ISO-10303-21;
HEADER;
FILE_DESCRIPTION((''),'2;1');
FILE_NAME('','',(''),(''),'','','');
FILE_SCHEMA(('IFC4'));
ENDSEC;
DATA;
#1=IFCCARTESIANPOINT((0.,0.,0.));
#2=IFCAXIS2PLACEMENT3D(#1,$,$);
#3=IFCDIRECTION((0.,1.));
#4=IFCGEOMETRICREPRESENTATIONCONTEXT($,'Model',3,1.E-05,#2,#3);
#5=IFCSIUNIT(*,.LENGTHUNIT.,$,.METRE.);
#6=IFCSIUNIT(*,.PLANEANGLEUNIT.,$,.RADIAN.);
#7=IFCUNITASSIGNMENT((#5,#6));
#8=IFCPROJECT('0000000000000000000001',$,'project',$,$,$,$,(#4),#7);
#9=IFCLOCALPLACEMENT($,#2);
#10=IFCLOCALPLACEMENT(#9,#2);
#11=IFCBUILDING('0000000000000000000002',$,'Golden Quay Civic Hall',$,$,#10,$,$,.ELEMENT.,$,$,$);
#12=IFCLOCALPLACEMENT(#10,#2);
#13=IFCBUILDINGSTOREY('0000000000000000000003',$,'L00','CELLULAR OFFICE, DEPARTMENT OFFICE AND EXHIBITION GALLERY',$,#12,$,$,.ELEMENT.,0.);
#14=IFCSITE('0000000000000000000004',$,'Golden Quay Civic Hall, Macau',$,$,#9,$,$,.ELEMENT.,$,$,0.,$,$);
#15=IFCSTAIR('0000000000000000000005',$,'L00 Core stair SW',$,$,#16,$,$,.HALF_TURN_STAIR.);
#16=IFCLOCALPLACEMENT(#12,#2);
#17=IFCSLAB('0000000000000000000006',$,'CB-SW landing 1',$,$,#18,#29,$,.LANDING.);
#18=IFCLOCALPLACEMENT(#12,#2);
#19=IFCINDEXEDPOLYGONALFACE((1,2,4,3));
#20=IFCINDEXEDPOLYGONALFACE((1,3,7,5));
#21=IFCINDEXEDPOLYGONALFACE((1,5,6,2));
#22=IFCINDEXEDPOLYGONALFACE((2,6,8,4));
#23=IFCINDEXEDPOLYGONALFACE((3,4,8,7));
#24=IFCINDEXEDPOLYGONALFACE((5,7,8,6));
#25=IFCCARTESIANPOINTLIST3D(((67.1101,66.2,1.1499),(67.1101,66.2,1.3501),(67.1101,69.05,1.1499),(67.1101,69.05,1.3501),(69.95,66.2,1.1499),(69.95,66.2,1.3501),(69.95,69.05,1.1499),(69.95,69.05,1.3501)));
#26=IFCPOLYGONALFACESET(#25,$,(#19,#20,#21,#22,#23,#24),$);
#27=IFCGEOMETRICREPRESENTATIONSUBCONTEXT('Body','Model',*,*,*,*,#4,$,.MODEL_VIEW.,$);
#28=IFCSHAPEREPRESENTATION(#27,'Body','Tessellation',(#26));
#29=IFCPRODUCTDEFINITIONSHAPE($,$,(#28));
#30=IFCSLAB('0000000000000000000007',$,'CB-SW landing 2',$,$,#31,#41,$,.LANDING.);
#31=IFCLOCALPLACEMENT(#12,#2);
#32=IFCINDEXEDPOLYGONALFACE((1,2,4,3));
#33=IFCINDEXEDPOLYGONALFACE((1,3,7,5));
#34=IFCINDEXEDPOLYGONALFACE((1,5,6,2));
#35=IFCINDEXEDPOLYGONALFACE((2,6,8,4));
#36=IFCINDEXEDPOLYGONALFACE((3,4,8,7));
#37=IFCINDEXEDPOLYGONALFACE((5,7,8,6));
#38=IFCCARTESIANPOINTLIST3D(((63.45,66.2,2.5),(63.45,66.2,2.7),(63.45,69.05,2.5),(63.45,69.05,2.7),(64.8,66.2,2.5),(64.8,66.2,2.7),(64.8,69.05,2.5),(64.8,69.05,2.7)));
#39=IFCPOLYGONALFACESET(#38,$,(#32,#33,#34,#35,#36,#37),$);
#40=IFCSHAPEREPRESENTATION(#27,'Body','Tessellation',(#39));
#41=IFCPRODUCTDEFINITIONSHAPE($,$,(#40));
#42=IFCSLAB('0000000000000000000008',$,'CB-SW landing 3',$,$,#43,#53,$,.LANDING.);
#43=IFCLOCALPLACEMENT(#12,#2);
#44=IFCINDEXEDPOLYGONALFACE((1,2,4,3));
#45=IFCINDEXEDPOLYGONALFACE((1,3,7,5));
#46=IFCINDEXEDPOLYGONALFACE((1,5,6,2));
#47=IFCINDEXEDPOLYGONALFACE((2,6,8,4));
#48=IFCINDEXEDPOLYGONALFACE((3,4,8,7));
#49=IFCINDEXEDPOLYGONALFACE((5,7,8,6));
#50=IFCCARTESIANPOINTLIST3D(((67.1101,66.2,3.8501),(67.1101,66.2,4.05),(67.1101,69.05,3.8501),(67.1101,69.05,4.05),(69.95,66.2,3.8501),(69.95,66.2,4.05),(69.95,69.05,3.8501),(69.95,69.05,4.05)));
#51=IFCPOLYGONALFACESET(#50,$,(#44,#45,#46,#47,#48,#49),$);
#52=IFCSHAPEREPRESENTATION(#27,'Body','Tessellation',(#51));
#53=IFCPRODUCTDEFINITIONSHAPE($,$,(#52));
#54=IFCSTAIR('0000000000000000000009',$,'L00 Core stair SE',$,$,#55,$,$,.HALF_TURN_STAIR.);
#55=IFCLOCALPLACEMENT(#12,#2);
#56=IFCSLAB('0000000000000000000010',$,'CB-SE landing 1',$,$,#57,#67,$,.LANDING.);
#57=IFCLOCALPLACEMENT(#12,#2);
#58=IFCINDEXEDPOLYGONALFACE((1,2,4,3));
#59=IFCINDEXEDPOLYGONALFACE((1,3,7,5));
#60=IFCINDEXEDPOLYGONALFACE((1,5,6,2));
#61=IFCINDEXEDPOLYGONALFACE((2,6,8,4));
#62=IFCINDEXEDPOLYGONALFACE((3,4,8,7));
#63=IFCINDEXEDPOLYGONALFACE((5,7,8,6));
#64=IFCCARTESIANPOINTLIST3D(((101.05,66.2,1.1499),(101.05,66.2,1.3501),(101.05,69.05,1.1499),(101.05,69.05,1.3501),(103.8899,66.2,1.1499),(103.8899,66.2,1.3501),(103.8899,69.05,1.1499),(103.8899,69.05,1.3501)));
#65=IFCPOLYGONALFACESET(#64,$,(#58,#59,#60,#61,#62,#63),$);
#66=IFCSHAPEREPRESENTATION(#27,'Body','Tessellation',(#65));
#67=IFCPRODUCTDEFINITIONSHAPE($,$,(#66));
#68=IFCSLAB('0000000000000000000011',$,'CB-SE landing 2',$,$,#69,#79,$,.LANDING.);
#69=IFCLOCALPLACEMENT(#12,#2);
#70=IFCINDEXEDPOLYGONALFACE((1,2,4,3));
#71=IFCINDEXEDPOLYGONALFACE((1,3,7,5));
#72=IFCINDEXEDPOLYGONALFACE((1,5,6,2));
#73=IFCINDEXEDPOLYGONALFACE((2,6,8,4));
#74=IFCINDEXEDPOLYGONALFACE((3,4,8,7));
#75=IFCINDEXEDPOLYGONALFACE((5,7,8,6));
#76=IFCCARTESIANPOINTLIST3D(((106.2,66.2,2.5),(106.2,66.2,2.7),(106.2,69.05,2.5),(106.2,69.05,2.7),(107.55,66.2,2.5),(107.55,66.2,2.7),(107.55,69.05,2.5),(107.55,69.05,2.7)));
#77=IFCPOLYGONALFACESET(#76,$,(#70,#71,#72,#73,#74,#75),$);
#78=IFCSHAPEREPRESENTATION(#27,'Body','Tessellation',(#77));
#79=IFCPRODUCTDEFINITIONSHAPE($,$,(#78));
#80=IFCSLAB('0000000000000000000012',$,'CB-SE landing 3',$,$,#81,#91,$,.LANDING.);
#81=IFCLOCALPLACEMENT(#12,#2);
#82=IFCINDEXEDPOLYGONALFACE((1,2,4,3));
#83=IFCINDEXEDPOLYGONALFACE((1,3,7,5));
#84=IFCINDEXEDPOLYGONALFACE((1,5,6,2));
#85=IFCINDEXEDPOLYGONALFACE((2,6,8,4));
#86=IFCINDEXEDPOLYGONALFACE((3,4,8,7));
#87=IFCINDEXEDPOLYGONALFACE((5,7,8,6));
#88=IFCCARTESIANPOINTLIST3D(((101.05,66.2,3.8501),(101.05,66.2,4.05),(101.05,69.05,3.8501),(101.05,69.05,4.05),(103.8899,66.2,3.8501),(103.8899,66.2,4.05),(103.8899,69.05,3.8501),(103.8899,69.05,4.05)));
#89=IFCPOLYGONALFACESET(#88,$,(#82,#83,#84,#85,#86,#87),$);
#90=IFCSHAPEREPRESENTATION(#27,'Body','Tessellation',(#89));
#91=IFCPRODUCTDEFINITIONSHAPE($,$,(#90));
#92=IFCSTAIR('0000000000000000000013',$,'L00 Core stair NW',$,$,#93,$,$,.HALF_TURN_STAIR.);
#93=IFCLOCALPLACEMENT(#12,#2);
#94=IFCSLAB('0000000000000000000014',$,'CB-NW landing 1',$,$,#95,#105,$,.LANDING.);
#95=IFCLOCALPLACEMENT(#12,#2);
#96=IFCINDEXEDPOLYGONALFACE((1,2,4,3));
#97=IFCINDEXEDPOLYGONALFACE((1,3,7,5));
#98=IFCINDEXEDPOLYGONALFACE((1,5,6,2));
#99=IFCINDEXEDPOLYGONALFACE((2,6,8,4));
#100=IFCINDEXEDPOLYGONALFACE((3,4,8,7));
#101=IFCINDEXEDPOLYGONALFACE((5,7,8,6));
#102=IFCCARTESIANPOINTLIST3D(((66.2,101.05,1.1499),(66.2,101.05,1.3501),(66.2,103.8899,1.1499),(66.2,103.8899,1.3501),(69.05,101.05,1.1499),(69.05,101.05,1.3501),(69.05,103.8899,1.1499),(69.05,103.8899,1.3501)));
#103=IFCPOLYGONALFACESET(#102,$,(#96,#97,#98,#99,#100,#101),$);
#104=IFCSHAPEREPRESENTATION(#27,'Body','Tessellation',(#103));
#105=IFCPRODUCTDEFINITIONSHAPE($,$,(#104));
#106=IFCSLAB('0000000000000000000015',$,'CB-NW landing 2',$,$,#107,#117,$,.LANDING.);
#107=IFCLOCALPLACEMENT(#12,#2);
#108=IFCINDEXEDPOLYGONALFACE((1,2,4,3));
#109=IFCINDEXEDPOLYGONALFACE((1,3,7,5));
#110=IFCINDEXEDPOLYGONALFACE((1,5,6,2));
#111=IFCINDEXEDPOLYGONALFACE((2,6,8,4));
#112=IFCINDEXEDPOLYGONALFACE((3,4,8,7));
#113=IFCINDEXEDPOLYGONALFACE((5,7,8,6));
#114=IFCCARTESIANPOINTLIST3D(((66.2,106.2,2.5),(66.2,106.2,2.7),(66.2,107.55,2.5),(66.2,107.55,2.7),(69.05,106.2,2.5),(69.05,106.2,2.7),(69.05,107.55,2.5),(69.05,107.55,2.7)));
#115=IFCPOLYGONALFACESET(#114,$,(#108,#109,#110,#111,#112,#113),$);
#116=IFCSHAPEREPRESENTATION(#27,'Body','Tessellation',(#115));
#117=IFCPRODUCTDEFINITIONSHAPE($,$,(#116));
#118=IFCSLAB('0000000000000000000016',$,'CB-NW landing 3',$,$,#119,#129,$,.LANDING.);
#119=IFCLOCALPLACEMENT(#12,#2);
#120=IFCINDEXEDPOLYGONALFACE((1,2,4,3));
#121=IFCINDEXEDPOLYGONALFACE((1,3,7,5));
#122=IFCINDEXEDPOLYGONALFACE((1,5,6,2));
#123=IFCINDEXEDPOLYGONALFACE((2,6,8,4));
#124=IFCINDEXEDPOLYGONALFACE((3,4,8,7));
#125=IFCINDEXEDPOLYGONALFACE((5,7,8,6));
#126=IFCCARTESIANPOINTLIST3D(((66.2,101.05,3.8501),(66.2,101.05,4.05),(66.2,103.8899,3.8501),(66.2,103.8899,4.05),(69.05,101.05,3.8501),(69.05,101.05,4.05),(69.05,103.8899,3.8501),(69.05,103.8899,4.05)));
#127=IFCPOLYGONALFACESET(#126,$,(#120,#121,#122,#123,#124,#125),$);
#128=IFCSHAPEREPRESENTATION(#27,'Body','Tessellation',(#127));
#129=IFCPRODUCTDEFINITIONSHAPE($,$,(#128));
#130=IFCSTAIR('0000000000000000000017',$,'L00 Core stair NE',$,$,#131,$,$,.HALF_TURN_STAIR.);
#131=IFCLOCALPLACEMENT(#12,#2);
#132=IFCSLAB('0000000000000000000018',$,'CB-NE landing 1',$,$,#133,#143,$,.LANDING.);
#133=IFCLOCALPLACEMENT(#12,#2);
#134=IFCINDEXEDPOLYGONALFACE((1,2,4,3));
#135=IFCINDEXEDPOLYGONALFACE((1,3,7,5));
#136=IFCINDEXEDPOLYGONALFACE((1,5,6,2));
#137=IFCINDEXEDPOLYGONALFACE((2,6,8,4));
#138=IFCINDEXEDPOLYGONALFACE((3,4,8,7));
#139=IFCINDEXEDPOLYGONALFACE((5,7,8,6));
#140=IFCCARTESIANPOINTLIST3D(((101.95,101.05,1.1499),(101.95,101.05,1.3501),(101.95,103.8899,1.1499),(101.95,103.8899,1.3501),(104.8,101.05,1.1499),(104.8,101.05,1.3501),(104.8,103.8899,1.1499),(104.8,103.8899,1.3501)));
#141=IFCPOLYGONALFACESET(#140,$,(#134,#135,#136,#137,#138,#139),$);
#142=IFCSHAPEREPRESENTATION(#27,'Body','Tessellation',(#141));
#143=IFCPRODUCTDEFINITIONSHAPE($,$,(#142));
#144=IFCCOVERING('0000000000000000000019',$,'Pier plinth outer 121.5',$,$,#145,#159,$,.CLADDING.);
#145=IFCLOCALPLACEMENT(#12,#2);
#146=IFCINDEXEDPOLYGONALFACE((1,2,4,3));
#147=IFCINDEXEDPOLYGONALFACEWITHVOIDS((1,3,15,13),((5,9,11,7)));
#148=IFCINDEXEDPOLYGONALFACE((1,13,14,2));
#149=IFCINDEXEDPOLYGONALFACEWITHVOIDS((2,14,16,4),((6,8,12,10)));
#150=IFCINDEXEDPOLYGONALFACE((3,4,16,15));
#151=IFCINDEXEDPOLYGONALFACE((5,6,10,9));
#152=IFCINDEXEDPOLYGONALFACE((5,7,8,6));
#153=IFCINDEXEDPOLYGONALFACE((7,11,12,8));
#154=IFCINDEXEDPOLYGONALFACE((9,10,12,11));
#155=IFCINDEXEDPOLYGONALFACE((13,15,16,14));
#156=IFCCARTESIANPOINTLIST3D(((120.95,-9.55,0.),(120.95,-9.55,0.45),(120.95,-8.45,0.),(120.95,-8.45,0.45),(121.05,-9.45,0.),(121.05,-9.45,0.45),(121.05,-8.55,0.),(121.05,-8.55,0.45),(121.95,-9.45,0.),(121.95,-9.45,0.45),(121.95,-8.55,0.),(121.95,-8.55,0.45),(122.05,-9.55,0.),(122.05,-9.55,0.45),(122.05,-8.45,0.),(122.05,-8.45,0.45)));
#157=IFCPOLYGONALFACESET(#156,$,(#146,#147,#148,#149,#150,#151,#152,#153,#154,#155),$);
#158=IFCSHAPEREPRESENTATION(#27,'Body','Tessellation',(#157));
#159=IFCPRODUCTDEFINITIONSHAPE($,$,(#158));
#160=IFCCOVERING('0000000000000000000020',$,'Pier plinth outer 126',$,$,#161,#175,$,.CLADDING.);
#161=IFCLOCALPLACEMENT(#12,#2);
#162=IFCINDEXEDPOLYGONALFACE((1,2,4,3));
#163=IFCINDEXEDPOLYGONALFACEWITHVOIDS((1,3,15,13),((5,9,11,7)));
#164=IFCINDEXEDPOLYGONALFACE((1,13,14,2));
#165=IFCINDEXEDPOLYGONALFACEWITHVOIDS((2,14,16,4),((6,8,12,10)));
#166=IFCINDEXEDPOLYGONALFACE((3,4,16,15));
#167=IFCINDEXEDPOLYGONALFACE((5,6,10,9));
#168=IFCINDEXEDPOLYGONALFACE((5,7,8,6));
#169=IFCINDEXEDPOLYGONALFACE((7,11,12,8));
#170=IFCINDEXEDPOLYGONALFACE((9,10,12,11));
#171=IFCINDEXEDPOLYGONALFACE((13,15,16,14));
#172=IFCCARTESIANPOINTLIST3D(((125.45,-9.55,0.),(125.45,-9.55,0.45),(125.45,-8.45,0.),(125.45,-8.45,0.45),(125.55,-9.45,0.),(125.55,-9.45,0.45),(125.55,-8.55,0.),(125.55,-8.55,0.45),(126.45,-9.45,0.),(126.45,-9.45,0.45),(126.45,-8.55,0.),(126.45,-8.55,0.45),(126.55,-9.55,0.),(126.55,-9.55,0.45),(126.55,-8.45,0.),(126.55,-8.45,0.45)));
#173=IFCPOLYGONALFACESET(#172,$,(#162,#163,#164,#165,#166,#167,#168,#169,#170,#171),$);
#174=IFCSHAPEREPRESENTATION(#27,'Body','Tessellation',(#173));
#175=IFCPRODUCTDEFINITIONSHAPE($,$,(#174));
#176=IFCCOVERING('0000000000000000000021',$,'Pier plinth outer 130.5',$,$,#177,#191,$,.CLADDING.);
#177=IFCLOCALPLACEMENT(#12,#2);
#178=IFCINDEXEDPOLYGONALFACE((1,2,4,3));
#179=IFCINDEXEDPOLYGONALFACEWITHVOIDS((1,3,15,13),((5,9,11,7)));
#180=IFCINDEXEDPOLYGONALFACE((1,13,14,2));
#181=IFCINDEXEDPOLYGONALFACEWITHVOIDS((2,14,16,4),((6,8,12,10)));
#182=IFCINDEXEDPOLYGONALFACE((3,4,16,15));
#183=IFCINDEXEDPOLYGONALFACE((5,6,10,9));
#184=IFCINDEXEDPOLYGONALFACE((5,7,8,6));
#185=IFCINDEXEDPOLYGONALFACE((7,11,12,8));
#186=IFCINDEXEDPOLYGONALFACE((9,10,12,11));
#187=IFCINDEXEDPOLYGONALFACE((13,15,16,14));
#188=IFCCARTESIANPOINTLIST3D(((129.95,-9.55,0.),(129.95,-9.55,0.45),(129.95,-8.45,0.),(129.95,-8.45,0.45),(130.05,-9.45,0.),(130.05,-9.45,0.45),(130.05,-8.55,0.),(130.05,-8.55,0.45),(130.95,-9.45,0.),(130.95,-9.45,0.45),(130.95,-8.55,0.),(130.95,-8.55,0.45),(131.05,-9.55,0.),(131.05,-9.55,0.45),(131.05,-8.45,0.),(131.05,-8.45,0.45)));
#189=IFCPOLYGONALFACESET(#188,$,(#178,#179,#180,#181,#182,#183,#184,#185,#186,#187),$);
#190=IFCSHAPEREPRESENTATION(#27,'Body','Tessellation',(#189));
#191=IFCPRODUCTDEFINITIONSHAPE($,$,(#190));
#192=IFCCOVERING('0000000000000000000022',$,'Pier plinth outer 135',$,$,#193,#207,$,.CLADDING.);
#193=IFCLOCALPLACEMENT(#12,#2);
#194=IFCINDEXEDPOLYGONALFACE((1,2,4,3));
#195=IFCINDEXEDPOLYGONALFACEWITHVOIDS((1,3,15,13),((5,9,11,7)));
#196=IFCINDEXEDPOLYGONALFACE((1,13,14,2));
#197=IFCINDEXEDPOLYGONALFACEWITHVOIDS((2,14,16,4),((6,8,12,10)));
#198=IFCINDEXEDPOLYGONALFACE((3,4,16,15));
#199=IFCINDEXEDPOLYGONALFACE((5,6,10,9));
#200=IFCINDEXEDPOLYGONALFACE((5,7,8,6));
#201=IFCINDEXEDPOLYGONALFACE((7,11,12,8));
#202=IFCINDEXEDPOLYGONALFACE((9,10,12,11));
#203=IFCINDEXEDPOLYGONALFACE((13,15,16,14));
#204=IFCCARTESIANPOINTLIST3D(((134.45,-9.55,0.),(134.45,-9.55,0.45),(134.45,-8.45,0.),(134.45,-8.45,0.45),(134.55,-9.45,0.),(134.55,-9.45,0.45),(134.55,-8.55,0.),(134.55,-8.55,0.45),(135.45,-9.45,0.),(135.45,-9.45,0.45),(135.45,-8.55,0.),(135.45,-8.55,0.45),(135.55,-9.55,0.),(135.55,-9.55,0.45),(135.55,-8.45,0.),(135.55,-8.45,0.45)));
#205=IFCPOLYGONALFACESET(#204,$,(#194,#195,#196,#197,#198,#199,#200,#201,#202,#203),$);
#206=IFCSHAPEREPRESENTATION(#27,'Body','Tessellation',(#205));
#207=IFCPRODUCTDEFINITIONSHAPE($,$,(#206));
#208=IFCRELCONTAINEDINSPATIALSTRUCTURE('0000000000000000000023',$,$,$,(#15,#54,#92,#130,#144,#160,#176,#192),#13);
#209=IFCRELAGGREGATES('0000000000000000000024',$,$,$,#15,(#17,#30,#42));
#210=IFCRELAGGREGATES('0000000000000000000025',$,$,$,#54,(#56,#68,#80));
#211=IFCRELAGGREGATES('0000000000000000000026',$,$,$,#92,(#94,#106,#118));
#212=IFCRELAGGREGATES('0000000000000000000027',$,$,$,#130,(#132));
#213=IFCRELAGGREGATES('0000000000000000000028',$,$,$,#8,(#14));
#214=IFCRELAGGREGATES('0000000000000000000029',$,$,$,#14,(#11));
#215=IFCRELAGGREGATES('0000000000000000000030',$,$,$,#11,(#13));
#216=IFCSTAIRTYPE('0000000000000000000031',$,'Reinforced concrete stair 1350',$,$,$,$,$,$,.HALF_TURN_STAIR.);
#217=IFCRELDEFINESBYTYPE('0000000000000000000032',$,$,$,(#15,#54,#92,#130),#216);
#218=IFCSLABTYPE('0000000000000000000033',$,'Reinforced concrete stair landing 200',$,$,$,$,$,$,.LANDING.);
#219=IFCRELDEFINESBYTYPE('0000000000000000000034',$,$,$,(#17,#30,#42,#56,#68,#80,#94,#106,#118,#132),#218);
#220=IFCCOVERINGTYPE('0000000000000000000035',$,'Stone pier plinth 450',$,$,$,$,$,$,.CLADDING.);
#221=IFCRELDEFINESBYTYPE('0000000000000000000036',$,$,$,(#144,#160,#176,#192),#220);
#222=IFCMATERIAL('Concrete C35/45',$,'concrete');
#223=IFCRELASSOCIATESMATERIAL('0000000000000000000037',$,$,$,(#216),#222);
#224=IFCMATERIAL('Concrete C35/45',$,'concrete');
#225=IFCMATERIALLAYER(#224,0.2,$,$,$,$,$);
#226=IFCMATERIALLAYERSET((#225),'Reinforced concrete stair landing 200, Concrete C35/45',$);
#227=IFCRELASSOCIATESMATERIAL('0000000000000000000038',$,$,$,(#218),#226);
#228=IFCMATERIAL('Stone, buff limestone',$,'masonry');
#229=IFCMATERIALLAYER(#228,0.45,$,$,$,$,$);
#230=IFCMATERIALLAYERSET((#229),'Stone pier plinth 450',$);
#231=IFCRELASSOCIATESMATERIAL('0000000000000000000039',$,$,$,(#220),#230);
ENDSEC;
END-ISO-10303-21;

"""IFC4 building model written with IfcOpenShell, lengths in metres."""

from ifc_helpers import new_model, si_unit, direction, frame, origin, place, context, subcontext, project, spatial, polyline, outline, extrude, material, layer, layer_set, type_object, element, aggregate, save


model = new_model("IFC4")

# Units and contexts
model_context = context("Model", 3, precision=1e-05, world=origin(), true_north=direction((0.0, 1.0)))
body_context = subcontext(model_context, "Body", "Model", "MODEL_VIEW")
ifc_project = project(units=[si_unit("LENGTHUNIT", "METRE"), si_unit("PLANEANGLEUNIT", "RADIAN")], contexts=[model_context])

# Site, building, storey
site_placement = place(None, origin())
site = spatial("IfcSite", under=ifc_project, at=site_placement, Name="Golden Quay Civic Hall, Macau", CompositionType="ELEMENT", RefElevation=0.0)
building_placement = place(site_placement, origin())
building = spatial("IfcBuilding", under=site, at=building_placement, Name="Golden Quay Civic Hall", CompositionType="ELEMENT")
storey_placement = place(building_placement, origin())
storey = spatial("IfcBuildingStorey", under=building, at=storey_placement, Name="L00", Description="CELLULAR OFFICE, DEPARTMENT OFFICE AND EXHIBITION GALLERY", CompositionType="ELEMENT", Elevation=0.0)

# Stairs, slabs
ifc_material_1 = material(Name="Concrete C35/45", Category="concrete")
stair_type = type_object("IfcStairType", Name="Reinforced concrete stair 1350", PredefinedType="HALF_TURN_STAIR", material=ifc_material_1)
stair_1_placement = place(storey_placement, origin())
stair_1 = element("IfcStair", 1, at=stair_1_placement, inside=storey, type_object=stair_type, Name="L00 Core stair SW", PredefinedType="HALF_TURN_STAIR")
ifc_material_2 = material(Name="Concrete C35/45", Category="concrete")
ifc_layer_1 = layer(ifc_material_2, 0.2)
ifc_layer_set_1 = layer_set([ifc_layer_1], Name="Reinforced concrete stair landing 200, Concrete C35/45")
slab_type = type_object("IfcSlabType", Name="Reinforced concrete stair landing 200", PredefinedType="LANDING", material=ifc_layer_set_1)
slab_1_placement = place(storey_placement, frame((0.0, 0.0, 1.1499)))
slab_1 = element("IfcSlab", 2, at=slab_1_placement, type_object=slab_type, Name="CB-SW landing 1", PredefinedType="LANDING", context=body_context, shape_type="SweptSolid", body=[
    extrude(outline(polyline([(67.1101, 66.2), (69.95, 66.2), (69.95, 69.05), (67.1101, 69.05), (67.1101, 66.2)])), origin(), (0.0, 0.0, 1.0), 0.2002),
])
slab_2_placement = place(storey_placement, frame((0.0, 0.0, 2.5)))
slab_2 = element("IfcSlab", 3, at=slab_2_placement, type_object=slab_type, Name="CB-SW landing 2", PredefinedType="LANDING", context=body_context, shape_type="SweptSolid", body=[
    extrude(outline(polyline([(63.45, 66.2), (64.8, 66.2), (64.8, 69.05), (63.45, 69.05), (63.45, 66.2)])), origin(), (0.0, 0.0, 1.0), 0.2),
])
slab_3_placement = place(storey_placement, frame((0.0, 0.0, 3.8501)))
slab_3 = element("IfcSlab", 4, at=slab_3_placement, type_object=slab_type, Name="CB-SW landing 3", PredefinedType="LANDING", context=body_context, shape_type="SweptSolid", body=[
    extrude(outline(polyline([(67.1101, 66.2), (69.95, 66.2), (69.95, 69.05), (67.1101, 69.05), (67.1101, 66.2)])), origin(), (0.0, 0.0, 1.0), 0.2),
])
aggregate(stair_1, [slab_1, slab_2, slab_3])
stair_2_placement = place(storey_placement, origin())
stair_2 = element("IfcStair", 5, at=stair_2_placement, inside=storey, type_object=stair_type, Name="L00 Core stair SE", PredefinedType="HALF_TURN_STAIR")
slab_4_placement = place(storey_placement, frame((0.0, 0.0, 1.1499)))
slab_4 = element("IfcSlab", 6, at=slab_4_placement, type_object=slab_type, Name="CB-SE landing 1", PredefinedType="LANDING", context=body_context, shape_type="SweptSolid", body=[
    extrude(outline(polyline([(103.8899, 69.05), (101.05, 69.05), (101.05, 66.2), (103.8899, 66.2), (103.8899, 69.05)])), origin(), (0.0, 0.0, 1.0), 0.2002),
])
slab_5_placement = place(storey_placement, frame((0.0, 0.0, 2.5)))
slab_5 = element("IfcSlab", 7, at=slab_5_placement, type_object=slab_type, Name="CB-SE landing 2", PredefinedType="LANDING", context=body_context, shape_type="SweptSolid", body=[
    extrude(outline(polyline([(107.55, 69.05), (106.2, 69.05), (106.2, 66.2), (107.55, 66.2), (107.55, 69.05)])), origin(), (0.0, 0.0, 1.0), 0.2),
])
slab_6_placement = place(storey_placement, frame((0.0, 0.0, 3.8501)))
slab_6 = element("IfcSlab", 8, at=slab_6_placement, type_object=slab_type, Name="CB-SE landing 3", PredefinedType="LANDING", context=body_context, shape_type="SweptSolid", body=[
    extrude(outline(polyline([(103.8899, 69.05), (101.05, 69.05), (101.05, 66.2), (103.8899, 66.2), (103.8899, 69.05)])), origin(), (0.0, 0.0, 1.0), 0.2),
])
aggregate(stair_2, [slab_4, slab_5, slab_6])
stair_3_placement = place(storey_placement, origin())
stair_3 = element("IfcStair", 9, at=stair_3_placement, inside=storey, type_object=stair_type, Name="L00 Core stair NW", PredefinedType="HALF_TURN_STAIR")
slab_7_placement = place(storey_placement, frame((0.0, 0.0, 1.1499)))
slab_7 = element("IfcSlab", 10, at=slab_7_placement, type_object=slab_type, Name="CB-NW landing 1", PredefinedType="LANDING", context=body_context, shape_type="SweptSolid", body=[
    extrude(outline(polyline([(66.2, 103.8899), (66.2, 101.05), (69.05, 101.05), (69.05, 103.8899), (66.2, 103.8899)])), origin(), (0.0, 0.0, 1.0), 0.2002),
])
slab_8_placement = place(storey_placement, frame((0.0, 0.0, 2.5)))
slab_8 = element("IfcSlab", 11, at=slab_8_placement, type_object=slab_type, Name="CB-NW landing 2", PredefinedType="LANDING", context=body_context, shape_type="SweptSolid", body=[
    extrude(outline(polyline([(66.2, 107.55), (66.2, 106.2), (69.05, 106.2), (69.05, 107.55), (66.2, 107.55)])), origin(), (0.0, 0.0, 1.0), 0.2),
])
slab_9_placement = place(storey_placement, frame((0.0, 0.0, 3.8501)))
slab_9 = element("IfcSlab", 12, at=slab_9_placement, type_object=slab_type, Name="CB-NW landing 3", PredefinedType="LANDING", context=body_context, shape_type="SweptSolid", body=[
    extrude(outline(polyline([(66.2, 103.8899), (66.2, 101.05), (69.05, 101.05), (69.05, 103.8899), (66.2, 103.8899)])), origin(), (0.0, 0.0, 1.0), 0.2),
])
aggregate(stair_3, [slab_7, slab_8, slab_9])

# Stair, slab
stair_4_placement = place(storey_placement, origin())
stair_4 = element("IfcStair", 13, at=stair_4_placement, inside=storey, type_object=stair_type, Name="L00 Core stair NE", PredefinedType="HALF_TURN_STAIR")
slab_10_placement = place(storey_placement, frame((0.0, 0.0, 1.1499)))
slab_10 = element("IfcSlab", 14, at=slab_10_placement, type_object=slab_type, Name="CB-NE landing 1", PredefinedType="LANDING", context=body_context, shape_type="SweptSolid", body=[
    extrude(outline(polyline([(101.95, 103.8899), (101.95, 101.05), (104.8, 101.05), (104.8, 103.8899), (101.95, 103.8899)])), origin(), (0.0, 0.0, 1.0), 0.2002),
])
aggregate(stair_4, [slab_10])

# Coverings
ifc_material_3 = material(Name="Stone, buff limestone", Category="masonry")
ifc_layer_2 = layer(ifc_material_3, 0.45)
ifc_layer_set_2 = layer_set([ifc_layer_2], Name="Stone pier plinth 450")
covering_type = type_object("IfcCoveringType", Name="Stone pier plinth 450", PredefinedType="CLADDING", material=ifc_layer_set_2)
covering_1_placement = place(storey_placement, origin())
element("IfcCovering", 15, at=covering_1_placement, inside=storey, type_object=covering_type, Name="Pier plinth outer 121.5", PredefinedType="CLADDING", context=body_context, shape_type="SweptSolid", body=[
    extrude(outline(polyline([(120.95, -9.55), (122.05, -9.55), (122.05, -8.45), (120.95, -8.45), (120.95, -9.55)]), holes=[polyline([(121.05, -9.45), (121.95, -9.45), (121.95, -8.55), (121.05, -8.55), (121.05, -9.45)])]), origin(), (0.0, 0.0, 1.0), 0.45),
])
covering_2_placement = place(storey_placement, origin())
element("IfcCovering", 16, at=covering_2_placement, inside=storey, type_object=covering_type, Name="Pier plinth outer 126", PredefinedType="CLADDING", context=body_context, shape_type="SweptSolid", body=[
    extrude(outline(polyline([(125.45, -9.55), (126.55, -9.55), (126.55, -8.45), (125.45, -8.45), (125.45, -9.55)]), holes=[polyline([(125.55, -9.45), (126.45, -9.45), (126.45, -8.55), (125.55, -8.55), (125.55, -9.45)])]), origin(), (0.0, 0.0, 1.0), 0.45),
])
covering_3_placement = place(storey_placement, origin())
element("IfcCovering", 17, at=covering_3_placement, inside=storey, type_object=covering_type, Name="Pier plinth outer 130.5", PredefinedType="CLADDING", context=body_context, shape_type="SweptSolid", body=[
    extrude(outline(polyline([(129.95, -9.55), (131.05, -9.55), (131.05, -8.45), (129.95, -8.45), (129.95, -9.55)]), holes=[polyline([(130.05, -9.45), (130.95, -9.45), (130.95, -8.55), (130.05, -8.55), (130.05, -9.45)])]), origin(), (0.0, 0.0, 1.0), 0.45),
])
covering_4_placement = place(storey_placement, origin())
element("IfcCovering", 18, at=covering_4_placement, inside=storey, type_object=covering_type, Name="Pier plinth outer 135", PredefinedType="CLADDING", context=body_context, shape_type="SweptSolid", body=[
    extrude(outline(polyline([(134.45, -9.55), (135.55, -9.55), (135.55, -8.45), (134.45, -8.45), (134.45, -9.55)]), holes=[polyline([(134.55, -9.45), (135.45, -9.45), (135.45, -8.55), (134.55, -8.55), (134.55, -9.45)])]), origin(), (0.0, 0.0, 1.0), 0.45),
])

save(model, "model.ifc")
